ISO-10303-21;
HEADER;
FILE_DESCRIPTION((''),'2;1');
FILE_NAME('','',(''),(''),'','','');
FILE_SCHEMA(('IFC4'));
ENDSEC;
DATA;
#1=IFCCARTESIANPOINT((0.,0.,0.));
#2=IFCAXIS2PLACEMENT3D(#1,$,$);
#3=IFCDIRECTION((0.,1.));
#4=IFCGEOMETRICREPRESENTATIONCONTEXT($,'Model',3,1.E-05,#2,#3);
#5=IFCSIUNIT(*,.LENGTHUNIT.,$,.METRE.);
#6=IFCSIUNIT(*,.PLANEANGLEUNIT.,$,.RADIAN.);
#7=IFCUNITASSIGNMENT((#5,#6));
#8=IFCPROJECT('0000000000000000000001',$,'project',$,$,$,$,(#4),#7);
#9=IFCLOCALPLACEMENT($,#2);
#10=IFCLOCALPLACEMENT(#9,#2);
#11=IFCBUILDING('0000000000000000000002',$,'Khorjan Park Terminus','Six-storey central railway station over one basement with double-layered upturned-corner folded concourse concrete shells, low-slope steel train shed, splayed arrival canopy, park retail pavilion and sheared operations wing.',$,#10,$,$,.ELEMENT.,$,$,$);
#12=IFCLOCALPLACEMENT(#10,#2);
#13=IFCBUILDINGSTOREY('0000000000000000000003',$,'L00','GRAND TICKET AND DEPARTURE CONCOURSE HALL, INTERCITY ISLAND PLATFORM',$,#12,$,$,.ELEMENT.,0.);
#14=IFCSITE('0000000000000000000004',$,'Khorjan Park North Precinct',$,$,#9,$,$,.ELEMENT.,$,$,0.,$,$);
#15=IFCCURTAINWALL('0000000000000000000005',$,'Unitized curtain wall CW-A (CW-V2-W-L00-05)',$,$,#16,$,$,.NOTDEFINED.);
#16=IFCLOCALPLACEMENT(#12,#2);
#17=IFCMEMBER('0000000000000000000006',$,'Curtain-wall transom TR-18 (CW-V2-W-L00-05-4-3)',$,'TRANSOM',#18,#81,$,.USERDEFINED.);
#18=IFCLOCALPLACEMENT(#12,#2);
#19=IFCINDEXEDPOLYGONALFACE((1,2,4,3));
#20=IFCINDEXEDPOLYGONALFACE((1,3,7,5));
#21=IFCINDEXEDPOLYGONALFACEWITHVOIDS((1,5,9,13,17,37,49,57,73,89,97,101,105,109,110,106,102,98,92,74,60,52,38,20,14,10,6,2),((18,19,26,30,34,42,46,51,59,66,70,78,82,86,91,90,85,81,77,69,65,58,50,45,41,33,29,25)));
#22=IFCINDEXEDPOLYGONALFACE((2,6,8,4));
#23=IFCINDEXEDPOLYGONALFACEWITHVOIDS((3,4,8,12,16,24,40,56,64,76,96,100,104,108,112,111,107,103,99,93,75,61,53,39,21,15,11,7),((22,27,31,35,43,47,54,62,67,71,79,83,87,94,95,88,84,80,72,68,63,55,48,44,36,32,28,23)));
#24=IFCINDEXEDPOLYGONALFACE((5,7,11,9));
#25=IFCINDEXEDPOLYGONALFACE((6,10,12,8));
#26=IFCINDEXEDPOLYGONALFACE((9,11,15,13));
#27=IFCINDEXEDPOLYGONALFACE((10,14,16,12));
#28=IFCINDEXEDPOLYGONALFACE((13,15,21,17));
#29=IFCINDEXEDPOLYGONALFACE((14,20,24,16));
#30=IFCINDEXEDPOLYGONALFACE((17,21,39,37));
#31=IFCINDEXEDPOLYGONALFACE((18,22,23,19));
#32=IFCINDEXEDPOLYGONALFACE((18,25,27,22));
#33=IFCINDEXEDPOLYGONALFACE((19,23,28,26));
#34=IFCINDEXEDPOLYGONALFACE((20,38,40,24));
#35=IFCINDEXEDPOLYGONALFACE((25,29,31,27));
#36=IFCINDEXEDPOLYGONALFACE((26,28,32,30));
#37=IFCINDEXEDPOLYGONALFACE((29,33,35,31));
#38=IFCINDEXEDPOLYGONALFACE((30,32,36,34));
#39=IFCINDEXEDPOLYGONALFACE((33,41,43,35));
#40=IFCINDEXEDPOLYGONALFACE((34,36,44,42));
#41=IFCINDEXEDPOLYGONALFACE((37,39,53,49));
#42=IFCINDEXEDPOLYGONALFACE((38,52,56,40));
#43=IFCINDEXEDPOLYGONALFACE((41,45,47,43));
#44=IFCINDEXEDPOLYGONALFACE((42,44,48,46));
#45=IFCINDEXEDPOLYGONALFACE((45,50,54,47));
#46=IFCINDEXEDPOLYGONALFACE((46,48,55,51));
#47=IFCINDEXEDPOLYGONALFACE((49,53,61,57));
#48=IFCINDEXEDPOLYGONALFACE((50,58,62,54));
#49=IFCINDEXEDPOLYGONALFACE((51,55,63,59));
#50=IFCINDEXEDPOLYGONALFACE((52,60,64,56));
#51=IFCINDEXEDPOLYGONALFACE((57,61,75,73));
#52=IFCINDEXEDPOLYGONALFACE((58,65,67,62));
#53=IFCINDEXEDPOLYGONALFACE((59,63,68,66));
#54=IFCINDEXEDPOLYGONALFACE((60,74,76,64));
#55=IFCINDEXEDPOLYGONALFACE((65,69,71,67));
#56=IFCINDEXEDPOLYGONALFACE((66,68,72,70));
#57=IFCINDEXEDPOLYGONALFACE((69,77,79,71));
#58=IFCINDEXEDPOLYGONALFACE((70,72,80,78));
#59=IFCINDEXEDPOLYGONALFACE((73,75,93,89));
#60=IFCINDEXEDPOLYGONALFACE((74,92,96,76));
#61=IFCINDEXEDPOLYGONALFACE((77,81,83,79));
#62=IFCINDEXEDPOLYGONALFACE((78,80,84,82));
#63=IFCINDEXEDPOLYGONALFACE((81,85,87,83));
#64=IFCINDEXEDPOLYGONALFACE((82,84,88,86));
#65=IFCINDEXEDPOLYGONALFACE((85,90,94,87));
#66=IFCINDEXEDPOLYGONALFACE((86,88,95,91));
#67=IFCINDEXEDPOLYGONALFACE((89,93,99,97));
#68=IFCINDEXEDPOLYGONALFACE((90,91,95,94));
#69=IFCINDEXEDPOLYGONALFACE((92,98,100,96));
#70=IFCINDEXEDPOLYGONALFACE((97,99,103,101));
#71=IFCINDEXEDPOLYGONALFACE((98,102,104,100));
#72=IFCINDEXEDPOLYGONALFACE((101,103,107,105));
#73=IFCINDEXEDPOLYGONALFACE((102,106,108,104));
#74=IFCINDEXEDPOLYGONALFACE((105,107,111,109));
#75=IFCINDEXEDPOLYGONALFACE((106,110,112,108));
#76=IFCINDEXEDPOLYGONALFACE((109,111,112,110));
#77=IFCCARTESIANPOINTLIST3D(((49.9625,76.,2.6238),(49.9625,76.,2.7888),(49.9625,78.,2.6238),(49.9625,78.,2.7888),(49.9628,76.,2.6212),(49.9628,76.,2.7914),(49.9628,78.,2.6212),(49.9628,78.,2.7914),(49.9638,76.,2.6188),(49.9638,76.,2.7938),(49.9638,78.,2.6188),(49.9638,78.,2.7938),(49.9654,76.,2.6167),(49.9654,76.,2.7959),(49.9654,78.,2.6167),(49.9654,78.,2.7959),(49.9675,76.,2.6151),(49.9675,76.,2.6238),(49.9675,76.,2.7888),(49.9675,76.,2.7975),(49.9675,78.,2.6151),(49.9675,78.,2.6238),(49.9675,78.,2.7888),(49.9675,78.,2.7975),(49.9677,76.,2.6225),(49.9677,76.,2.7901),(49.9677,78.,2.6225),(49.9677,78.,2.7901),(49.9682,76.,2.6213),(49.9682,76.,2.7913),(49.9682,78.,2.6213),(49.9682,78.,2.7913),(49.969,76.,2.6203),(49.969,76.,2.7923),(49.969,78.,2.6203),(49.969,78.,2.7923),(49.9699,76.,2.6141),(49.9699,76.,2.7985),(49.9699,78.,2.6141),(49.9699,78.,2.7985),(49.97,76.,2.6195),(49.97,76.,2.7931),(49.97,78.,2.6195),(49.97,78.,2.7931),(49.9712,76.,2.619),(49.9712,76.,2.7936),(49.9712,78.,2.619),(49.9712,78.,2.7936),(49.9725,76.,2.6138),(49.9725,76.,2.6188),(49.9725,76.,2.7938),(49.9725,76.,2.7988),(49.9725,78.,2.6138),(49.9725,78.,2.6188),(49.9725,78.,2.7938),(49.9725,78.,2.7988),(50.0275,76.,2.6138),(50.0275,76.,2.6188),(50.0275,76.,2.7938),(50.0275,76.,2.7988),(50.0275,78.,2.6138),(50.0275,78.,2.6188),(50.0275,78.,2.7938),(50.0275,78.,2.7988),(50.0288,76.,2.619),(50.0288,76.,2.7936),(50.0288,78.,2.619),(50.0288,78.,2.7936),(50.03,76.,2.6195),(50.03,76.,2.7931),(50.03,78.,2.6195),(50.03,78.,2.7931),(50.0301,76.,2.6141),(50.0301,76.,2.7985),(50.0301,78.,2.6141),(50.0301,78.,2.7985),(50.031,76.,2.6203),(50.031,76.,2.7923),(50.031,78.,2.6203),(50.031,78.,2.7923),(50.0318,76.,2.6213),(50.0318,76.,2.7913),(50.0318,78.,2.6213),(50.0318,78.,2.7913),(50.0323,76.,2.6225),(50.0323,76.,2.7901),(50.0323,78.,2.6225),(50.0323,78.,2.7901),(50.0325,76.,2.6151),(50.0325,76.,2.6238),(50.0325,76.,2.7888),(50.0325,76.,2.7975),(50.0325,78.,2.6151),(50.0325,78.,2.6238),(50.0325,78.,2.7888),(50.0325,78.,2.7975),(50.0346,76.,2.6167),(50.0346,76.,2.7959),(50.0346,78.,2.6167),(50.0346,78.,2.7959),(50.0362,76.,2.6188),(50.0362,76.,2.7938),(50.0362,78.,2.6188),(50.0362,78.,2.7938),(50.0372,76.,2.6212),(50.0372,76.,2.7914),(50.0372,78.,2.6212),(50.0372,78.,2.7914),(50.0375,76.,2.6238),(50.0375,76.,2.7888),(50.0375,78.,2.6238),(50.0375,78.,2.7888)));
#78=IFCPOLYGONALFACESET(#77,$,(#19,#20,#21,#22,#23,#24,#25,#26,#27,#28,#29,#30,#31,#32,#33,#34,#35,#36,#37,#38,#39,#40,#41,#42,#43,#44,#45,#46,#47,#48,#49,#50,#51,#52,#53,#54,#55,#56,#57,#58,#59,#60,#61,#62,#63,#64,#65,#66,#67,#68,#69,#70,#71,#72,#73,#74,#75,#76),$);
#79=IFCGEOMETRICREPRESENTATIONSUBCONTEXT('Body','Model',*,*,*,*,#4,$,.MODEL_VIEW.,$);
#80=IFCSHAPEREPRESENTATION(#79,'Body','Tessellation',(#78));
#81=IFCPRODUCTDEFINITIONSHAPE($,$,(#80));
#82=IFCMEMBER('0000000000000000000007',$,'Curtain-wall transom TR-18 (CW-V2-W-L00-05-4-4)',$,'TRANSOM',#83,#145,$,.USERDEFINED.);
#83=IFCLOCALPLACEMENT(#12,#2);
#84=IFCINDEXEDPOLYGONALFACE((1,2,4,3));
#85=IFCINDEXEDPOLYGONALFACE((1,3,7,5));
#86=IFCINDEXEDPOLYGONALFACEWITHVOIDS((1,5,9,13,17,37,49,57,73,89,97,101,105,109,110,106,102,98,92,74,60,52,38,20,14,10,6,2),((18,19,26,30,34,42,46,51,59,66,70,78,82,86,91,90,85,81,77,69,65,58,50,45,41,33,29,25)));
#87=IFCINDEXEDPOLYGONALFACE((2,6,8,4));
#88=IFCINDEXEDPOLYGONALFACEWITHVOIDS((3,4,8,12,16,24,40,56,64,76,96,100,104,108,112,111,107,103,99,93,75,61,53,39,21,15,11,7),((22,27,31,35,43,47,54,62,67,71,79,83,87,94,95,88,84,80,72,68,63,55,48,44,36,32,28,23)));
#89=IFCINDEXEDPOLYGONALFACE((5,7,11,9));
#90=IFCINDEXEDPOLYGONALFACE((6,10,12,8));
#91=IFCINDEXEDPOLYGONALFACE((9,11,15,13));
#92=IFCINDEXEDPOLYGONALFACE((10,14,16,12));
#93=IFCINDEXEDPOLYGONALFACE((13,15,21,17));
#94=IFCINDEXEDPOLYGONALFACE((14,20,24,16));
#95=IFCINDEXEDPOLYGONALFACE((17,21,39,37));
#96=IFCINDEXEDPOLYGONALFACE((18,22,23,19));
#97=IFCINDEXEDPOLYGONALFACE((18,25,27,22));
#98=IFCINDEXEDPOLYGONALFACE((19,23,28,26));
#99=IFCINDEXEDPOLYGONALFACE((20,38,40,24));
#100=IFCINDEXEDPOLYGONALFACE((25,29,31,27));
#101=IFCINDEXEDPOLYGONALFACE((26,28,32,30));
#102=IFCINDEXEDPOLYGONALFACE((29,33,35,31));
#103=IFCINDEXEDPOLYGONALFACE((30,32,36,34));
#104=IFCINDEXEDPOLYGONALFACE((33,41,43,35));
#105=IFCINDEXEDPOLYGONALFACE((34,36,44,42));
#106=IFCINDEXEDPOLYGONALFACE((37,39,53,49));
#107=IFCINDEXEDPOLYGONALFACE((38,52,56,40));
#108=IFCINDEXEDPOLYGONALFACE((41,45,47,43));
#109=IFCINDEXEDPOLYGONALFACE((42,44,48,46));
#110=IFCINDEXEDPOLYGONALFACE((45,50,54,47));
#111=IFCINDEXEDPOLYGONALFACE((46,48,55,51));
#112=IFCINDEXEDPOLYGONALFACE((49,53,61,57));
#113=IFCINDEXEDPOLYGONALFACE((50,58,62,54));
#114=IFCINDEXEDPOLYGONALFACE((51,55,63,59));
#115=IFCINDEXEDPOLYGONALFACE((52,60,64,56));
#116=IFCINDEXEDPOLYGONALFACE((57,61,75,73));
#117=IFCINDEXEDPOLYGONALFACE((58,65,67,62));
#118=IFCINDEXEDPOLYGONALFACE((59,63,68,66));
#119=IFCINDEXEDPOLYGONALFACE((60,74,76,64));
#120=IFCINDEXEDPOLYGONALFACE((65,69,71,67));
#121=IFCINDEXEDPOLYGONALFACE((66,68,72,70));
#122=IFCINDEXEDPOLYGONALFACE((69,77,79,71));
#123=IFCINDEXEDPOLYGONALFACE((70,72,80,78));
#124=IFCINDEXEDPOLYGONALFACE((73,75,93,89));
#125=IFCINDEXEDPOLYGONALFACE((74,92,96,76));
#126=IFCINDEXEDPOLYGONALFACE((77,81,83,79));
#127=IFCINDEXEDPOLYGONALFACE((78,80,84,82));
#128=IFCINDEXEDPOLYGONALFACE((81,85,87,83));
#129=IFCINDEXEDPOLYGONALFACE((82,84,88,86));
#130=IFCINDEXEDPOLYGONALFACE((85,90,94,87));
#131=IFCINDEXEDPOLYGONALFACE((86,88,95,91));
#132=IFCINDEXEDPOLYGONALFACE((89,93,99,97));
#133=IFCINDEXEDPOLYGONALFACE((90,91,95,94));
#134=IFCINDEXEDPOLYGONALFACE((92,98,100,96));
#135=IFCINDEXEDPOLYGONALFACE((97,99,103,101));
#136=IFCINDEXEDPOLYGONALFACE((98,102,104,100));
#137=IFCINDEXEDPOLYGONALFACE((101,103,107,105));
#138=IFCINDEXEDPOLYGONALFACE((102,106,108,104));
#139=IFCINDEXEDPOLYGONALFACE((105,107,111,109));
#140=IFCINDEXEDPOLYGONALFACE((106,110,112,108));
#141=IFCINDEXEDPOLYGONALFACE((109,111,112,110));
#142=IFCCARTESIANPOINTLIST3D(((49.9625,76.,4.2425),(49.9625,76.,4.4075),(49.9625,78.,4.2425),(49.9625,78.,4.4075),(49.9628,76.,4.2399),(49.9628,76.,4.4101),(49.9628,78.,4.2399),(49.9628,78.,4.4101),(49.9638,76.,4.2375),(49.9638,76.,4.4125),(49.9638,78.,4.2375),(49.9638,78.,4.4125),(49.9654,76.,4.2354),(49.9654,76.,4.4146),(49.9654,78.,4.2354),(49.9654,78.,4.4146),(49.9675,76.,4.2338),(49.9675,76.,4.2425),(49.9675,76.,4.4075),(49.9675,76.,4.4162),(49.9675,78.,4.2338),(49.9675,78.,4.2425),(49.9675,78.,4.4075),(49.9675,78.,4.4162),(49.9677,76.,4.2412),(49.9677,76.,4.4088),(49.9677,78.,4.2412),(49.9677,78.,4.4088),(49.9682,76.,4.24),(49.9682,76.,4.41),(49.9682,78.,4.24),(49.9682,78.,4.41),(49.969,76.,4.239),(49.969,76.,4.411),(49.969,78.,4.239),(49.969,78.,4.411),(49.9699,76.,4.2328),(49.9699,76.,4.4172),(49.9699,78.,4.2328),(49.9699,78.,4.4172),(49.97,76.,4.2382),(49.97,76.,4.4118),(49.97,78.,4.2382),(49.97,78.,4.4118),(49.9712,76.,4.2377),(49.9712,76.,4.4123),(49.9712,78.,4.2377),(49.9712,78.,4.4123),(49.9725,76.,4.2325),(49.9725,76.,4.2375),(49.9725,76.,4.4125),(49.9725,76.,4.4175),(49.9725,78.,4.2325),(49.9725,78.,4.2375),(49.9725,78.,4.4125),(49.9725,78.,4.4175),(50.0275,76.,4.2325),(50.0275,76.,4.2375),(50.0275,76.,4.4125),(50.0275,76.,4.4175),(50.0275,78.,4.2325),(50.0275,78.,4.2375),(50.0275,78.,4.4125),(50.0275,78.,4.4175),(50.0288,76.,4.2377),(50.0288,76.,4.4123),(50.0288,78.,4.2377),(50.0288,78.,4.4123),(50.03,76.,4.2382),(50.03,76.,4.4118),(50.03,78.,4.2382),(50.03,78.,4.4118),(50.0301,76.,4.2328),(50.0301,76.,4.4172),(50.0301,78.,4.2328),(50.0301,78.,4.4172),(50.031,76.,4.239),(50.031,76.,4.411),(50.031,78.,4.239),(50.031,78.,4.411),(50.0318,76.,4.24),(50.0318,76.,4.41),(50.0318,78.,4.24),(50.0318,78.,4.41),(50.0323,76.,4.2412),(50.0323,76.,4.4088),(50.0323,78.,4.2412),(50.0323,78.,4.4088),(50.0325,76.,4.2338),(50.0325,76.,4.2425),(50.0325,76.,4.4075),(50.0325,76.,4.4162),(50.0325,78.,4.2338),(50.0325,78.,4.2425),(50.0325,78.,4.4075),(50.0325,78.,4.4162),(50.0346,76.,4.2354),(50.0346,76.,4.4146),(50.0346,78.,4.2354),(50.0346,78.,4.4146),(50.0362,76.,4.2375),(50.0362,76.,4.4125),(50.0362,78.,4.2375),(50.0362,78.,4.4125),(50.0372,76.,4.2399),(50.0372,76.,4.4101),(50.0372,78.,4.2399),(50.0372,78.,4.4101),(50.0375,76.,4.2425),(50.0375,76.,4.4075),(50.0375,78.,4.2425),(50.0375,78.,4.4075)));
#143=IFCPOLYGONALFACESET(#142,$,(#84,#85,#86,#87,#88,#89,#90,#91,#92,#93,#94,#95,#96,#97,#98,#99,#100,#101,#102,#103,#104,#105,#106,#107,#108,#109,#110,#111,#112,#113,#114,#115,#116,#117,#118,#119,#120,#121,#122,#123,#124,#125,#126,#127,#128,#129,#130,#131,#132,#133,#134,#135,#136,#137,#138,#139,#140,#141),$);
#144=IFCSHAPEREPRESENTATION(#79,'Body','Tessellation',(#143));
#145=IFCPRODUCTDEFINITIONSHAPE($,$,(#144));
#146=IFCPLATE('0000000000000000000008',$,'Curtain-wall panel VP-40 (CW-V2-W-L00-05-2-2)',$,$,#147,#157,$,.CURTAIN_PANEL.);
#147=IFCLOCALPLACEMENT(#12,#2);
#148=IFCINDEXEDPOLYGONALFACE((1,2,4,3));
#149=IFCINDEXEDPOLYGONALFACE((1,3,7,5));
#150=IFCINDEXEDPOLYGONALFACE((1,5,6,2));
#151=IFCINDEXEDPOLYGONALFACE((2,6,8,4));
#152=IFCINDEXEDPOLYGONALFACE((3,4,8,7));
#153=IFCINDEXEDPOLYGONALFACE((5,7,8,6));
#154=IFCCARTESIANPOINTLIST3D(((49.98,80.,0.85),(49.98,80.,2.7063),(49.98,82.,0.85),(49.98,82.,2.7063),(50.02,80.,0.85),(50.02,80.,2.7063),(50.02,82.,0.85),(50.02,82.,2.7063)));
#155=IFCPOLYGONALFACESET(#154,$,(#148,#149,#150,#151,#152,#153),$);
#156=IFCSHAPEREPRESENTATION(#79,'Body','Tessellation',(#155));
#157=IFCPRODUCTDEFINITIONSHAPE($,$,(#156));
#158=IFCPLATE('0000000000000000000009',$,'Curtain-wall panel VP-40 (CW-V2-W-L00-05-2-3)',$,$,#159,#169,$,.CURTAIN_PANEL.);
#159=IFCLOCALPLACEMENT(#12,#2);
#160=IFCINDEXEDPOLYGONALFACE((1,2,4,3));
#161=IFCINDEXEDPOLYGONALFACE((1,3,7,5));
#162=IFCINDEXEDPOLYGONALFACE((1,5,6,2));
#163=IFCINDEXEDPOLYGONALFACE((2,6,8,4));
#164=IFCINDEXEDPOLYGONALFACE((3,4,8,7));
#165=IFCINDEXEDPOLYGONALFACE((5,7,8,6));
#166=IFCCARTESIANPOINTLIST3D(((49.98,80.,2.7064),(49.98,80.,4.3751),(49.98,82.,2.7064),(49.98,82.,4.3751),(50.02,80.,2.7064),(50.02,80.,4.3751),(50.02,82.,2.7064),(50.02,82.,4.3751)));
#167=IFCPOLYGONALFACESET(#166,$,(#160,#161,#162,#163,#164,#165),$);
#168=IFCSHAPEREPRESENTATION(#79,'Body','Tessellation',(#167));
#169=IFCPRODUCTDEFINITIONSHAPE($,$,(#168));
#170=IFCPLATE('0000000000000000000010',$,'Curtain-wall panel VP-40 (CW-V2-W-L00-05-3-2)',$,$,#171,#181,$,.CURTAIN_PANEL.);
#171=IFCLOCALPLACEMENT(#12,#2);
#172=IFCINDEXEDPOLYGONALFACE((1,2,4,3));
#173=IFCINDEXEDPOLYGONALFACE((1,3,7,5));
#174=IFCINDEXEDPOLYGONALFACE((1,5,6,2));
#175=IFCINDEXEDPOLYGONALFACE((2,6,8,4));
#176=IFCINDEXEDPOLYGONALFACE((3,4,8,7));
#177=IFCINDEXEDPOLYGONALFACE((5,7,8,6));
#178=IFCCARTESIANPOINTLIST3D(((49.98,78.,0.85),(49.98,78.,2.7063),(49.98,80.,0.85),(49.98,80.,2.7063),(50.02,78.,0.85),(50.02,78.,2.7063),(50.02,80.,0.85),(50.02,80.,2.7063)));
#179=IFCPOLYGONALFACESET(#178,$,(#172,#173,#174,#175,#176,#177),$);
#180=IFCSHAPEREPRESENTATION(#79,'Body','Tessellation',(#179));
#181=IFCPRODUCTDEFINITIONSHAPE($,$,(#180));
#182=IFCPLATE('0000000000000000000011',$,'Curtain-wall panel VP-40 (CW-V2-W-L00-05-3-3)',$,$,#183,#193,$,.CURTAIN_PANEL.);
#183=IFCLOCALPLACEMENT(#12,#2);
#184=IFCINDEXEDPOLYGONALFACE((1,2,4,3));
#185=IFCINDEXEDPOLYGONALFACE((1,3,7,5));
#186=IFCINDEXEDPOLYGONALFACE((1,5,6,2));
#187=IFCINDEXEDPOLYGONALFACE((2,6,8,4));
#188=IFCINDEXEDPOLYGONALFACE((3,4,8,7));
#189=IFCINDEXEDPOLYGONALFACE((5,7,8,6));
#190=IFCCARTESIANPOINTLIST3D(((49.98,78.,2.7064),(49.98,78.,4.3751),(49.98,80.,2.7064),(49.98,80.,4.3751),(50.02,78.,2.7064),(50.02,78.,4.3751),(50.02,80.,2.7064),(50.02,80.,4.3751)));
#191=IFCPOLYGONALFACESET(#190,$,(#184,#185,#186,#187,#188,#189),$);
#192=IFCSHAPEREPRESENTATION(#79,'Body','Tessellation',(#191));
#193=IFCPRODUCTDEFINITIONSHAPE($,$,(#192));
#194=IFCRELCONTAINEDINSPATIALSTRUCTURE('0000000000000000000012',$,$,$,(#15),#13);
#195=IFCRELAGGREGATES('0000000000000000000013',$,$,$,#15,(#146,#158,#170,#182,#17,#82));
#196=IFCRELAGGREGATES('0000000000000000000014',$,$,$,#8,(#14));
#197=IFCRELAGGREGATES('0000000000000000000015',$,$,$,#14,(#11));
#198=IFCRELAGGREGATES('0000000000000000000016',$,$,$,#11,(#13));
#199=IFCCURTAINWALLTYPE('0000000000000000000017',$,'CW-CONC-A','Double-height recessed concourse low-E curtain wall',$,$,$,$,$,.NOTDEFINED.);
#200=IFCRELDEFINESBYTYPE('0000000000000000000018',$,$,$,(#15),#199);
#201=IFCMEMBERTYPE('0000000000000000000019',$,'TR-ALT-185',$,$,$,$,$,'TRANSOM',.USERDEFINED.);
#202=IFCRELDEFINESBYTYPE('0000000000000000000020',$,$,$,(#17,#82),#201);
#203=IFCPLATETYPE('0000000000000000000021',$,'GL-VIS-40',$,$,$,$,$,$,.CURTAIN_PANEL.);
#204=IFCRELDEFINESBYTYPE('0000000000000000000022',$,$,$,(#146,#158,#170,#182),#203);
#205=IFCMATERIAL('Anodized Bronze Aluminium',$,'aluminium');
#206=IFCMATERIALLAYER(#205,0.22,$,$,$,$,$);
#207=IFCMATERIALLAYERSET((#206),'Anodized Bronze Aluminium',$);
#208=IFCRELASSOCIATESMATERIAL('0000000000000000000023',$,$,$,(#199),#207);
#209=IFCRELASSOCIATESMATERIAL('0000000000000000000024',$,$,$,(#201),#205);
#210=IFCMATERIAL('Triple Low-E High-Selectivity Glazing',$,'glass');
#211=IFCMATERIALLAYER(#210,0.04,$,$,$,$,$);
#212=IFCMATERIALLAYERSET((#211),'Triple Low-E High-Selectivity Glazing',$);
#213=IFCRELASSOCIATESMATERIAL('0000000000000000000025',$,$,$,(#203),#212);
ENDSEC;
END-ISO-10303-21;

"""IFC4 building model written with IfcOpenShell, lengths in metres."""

from ifc_helpers import new_model, si_unit, direction, frame, origin, origin_2d, place, context, subcontext, project, spatial, rectangle, hollow_rectangle, extrude, material, layer, layer_set, material_profile, profile_set, type_object, element, aggregate, save


model = new_model("IFC4")

# Units and contexts
model_context = context("Model", 3, precision=1e-05, world=origin(), true_north=direction((0.0, 1.0)))
body_context = subcontext(model_context, "Body", "Model", "MODEL_VIEW")
ifc_project = project(units=[si_unit("LENGTHUNIT", "METRE"), si_unit("PLANEANGLEUNIT", "RADIAN")], contexts=[model_context])

# Site, building, storey
site_placement = place(None, origin())
site = spatial("IfcSite", under=ifc_project, at=site_placement, Name="Khorjan Park North Precinct", CompositionType="ELEMENT", RefElevation=0.0)
building_placement = place(site_placement, origin())
building = spatial("IfcBuilding", under=site, at=building_placement, Name="Khorjan Park Terminus", Description="Six-storey central railway station over one basement with double-layered upturned-corner folded concourse concrete shells, low-slope steel train shed, splayed arrival canopy, park retail pavilion and sheared operations wing.", CompositionType="ELEMENT")
storey_placement = place(building_placement, origin())
storey = spatial("IfcBuildingStorey", under=building, at=storey_placement, Name="L00", Description="GRAND TICKET AND DEPARTURE CONCOURSE HALL, INTERCITY ISLAND PLATFORM", CompositionType="ELEMENT", Elevation=0.0)

# Curtain wall, members, plates
ifc_material_1 = material(Name="Anodized Bronze Aluminium", Category="aluminium")
ifc_layer_1 = layer(ifc_material_1, 0.22)
ifc_layer_set_1 = layer_set([ifc_layer_1], Name="Anodized Bronze Aluminium")
curtain_wall_type = type_object("IfcCurtainWallType", Name="CW-CONC-A", Description="Double-height recessed concourse low-E curtain wall", PredefinedType="NOTDEFINED", material=ifc_layer_set_1)
curtain_wall_placement = place(storey_placement, origin())
curtain_wall = element("IfcCurtainWall", 1, at=curtain_wall_placement, inside=storey, type_object=curtain_wall_type, Name="Unitized curtain wall CW-A (CW-V2-W-L00-05)", PredefinedType="NOTDEFINED")
ifc_material_profile_1 = material_profile(ifc_material_1, hollow_rectangle(XDim=0.075, YDim=0.185, WallThickness=0.005, InnerFilletRadius=0.005, OuterFilletRadius=0.01, at=origin_2d()), Name="ALT 75x185x5")
ifc_profile_set_1 = profile_set([ifc_material_profile_1], Name="Anodized Bronze Aluminium")
member_type_1 = type_object("IfcMemberType", Name="TR-ALT-185", ElementType="TRANSOM", PredefinedType="USERDEFINED", material=ifc_profile_set_1)
member_1_placement = place(storey_placement, frame((50.0, 78.0, 2.7063), z_axis=(0.0, -1.0, 0.0), x_axis=(1.0, 0.0, 0.0)))
member_1 = element("IfcMember", 2, at=member_1_placement, type_object=member_type_1, Name="Curtain-wall transom TR-18 (CW-V2-W-L00-05-4-3)", ObjectType="TRANSOM", PredefinedType="USERDEFINED", context=body_context, shape_type="SweptSolid", body=[
    extrude(hollow_rectangle(XDim=0.075, YDim=0.185, WallThickness=0.005, InnerFilletRadius=0.005, OuterFilletRadius=0.01, at=origin_2d()), origin(), (0.0, 0.0, 1.0), 2.0),
])
member_2_placement = place(storey_placement, frame((50.0, 78.0, 4.325), z_axis=(0.0, -1.0, 0.0), x_axis=(1.0, 0.0, 0.0)))
member_2 = element("IfcMember", 3, at=member_2_placement, type_object=member_type_1, Name="Curtain-wall transom TR-18 (CW-V2-W-L00-05-4-4)", ObjectType="TRANSOM", PredefinedType="USERDEFINED", context=body_context, shape_type="SweptSolid", body=[
    extrude(hollow_rectangle(XDim=0.075, YDim=0.185, WallThickness=0.005, InnerFilletRadius=0.005, OuterFilletRadius=0.01, at=origin_2d()), origin(), (0.0, 0.0, 1.0), 2.0),
])
ifc_material_2 = material(Name="Triple Low-E High-Selectivity Glazing", Category="glass")
ifc_layer_2 = layer(ifc_material_2, 0.04)
ifc_layer_set_2 = layer_set([ifc_layer_2], Name="Triple Low-E High-Selectivity Glazing")
plate_type_1 = type_object("IfcPlateType", Name="GL-VIS-40", PredefinedType="CURTAIN_PANEL", material=ifc_layer_set_2)
plate_1_placement = place(storey_placement, frame((50.0, 81.0, 0.85), z_axis=(0.0, 0.0, 1.0), x_axis=(0.0, -1.0, 0.0)))
plate_1 = element("IfcPlate", 4, at=plate_1_placement, type_object=plate_type_1, Name="Curtain-wall panel VP-40 (CW-V2-W-L00-05-2-2)", PredefinedType="CURTAIN_PANEL", context=body_context, shape_type="SweptSolid", body=[
    extrude(rectangle(XDim=2.0, YDim=0.04, at=origin_2d()), origin(), (0.0, 0.0, 1.0), 1.8563),
])
plate_2_placement = place(storey_placement, frame((50.0, 81.0, 2.7064), z_axis=(0.0, 0.0, 1.0), x_axis=(0.0, -1.0, 0.0)))
plate_2 = element("IfcPlate", 5, at=plate_2_placement, type_object=plate_type_1, Name="Curtain-wall panel VP-40 (CW-V2-W-L00-05-2-3)", PredefinedType="CURTAIN_PANEL", context=body_context, shape_type="SweptSolid", body=[
    extrude(rectangle(XDim=2.0, YDim=0.04, at=origin_2d()), origin(), (0.0, 0.0, 1.0), 1.6687),
])
plate_3_placement = place(storey_placement, frame((50.0, 79.0, 0.85), z_axis=(0.0, 0.0, 1.0), x_axis=(0.0, -1.0, 0.0)))
plate_3 = element("IfcPlate", 6, at=plate_3_placement, type_object=plate_type_1, Name="Curtain-wall panel VP-40 (CW-V2-W-L00-05-3-2)", PredefinedType="CURTAIN_PANEL", context=body_context, shape_type="SweptSolid", body=[
    extrude(rectangle(XDim=2.0, YDim=0.04, at=origin_2d()), origin(), (0.0, 0.0, 1.0), 1.8563),
])
plate_4_placement = place(storey_placement, frame((50.0, 79.0, 2.7064), z_axis=(0.0, 0.0, 1.0), x_axis=(0.0, -1.0, 0.0)))
plate_4 = element("IfcPlate", 7, at=plate_4_placement, type_object=plate_type_1, Name="Curtain-wall panel VP-40 (CW-V2-W-L00-05-3-3)", PredefinedType="CURTAIN_PANEL", context=body_context, shape_type="SweptSolid", body=[
    extrude(rectangle(XDim=2.0, YDim=0.04, at=origin_2d()), origin(), (0.0, 0.0, 1.0), 1.6687),
])
aggregate(curtain_wall, [plate_1, plate_2, plate_3, plate_4, member_1, member_2])

save(model, "model.ifc")
